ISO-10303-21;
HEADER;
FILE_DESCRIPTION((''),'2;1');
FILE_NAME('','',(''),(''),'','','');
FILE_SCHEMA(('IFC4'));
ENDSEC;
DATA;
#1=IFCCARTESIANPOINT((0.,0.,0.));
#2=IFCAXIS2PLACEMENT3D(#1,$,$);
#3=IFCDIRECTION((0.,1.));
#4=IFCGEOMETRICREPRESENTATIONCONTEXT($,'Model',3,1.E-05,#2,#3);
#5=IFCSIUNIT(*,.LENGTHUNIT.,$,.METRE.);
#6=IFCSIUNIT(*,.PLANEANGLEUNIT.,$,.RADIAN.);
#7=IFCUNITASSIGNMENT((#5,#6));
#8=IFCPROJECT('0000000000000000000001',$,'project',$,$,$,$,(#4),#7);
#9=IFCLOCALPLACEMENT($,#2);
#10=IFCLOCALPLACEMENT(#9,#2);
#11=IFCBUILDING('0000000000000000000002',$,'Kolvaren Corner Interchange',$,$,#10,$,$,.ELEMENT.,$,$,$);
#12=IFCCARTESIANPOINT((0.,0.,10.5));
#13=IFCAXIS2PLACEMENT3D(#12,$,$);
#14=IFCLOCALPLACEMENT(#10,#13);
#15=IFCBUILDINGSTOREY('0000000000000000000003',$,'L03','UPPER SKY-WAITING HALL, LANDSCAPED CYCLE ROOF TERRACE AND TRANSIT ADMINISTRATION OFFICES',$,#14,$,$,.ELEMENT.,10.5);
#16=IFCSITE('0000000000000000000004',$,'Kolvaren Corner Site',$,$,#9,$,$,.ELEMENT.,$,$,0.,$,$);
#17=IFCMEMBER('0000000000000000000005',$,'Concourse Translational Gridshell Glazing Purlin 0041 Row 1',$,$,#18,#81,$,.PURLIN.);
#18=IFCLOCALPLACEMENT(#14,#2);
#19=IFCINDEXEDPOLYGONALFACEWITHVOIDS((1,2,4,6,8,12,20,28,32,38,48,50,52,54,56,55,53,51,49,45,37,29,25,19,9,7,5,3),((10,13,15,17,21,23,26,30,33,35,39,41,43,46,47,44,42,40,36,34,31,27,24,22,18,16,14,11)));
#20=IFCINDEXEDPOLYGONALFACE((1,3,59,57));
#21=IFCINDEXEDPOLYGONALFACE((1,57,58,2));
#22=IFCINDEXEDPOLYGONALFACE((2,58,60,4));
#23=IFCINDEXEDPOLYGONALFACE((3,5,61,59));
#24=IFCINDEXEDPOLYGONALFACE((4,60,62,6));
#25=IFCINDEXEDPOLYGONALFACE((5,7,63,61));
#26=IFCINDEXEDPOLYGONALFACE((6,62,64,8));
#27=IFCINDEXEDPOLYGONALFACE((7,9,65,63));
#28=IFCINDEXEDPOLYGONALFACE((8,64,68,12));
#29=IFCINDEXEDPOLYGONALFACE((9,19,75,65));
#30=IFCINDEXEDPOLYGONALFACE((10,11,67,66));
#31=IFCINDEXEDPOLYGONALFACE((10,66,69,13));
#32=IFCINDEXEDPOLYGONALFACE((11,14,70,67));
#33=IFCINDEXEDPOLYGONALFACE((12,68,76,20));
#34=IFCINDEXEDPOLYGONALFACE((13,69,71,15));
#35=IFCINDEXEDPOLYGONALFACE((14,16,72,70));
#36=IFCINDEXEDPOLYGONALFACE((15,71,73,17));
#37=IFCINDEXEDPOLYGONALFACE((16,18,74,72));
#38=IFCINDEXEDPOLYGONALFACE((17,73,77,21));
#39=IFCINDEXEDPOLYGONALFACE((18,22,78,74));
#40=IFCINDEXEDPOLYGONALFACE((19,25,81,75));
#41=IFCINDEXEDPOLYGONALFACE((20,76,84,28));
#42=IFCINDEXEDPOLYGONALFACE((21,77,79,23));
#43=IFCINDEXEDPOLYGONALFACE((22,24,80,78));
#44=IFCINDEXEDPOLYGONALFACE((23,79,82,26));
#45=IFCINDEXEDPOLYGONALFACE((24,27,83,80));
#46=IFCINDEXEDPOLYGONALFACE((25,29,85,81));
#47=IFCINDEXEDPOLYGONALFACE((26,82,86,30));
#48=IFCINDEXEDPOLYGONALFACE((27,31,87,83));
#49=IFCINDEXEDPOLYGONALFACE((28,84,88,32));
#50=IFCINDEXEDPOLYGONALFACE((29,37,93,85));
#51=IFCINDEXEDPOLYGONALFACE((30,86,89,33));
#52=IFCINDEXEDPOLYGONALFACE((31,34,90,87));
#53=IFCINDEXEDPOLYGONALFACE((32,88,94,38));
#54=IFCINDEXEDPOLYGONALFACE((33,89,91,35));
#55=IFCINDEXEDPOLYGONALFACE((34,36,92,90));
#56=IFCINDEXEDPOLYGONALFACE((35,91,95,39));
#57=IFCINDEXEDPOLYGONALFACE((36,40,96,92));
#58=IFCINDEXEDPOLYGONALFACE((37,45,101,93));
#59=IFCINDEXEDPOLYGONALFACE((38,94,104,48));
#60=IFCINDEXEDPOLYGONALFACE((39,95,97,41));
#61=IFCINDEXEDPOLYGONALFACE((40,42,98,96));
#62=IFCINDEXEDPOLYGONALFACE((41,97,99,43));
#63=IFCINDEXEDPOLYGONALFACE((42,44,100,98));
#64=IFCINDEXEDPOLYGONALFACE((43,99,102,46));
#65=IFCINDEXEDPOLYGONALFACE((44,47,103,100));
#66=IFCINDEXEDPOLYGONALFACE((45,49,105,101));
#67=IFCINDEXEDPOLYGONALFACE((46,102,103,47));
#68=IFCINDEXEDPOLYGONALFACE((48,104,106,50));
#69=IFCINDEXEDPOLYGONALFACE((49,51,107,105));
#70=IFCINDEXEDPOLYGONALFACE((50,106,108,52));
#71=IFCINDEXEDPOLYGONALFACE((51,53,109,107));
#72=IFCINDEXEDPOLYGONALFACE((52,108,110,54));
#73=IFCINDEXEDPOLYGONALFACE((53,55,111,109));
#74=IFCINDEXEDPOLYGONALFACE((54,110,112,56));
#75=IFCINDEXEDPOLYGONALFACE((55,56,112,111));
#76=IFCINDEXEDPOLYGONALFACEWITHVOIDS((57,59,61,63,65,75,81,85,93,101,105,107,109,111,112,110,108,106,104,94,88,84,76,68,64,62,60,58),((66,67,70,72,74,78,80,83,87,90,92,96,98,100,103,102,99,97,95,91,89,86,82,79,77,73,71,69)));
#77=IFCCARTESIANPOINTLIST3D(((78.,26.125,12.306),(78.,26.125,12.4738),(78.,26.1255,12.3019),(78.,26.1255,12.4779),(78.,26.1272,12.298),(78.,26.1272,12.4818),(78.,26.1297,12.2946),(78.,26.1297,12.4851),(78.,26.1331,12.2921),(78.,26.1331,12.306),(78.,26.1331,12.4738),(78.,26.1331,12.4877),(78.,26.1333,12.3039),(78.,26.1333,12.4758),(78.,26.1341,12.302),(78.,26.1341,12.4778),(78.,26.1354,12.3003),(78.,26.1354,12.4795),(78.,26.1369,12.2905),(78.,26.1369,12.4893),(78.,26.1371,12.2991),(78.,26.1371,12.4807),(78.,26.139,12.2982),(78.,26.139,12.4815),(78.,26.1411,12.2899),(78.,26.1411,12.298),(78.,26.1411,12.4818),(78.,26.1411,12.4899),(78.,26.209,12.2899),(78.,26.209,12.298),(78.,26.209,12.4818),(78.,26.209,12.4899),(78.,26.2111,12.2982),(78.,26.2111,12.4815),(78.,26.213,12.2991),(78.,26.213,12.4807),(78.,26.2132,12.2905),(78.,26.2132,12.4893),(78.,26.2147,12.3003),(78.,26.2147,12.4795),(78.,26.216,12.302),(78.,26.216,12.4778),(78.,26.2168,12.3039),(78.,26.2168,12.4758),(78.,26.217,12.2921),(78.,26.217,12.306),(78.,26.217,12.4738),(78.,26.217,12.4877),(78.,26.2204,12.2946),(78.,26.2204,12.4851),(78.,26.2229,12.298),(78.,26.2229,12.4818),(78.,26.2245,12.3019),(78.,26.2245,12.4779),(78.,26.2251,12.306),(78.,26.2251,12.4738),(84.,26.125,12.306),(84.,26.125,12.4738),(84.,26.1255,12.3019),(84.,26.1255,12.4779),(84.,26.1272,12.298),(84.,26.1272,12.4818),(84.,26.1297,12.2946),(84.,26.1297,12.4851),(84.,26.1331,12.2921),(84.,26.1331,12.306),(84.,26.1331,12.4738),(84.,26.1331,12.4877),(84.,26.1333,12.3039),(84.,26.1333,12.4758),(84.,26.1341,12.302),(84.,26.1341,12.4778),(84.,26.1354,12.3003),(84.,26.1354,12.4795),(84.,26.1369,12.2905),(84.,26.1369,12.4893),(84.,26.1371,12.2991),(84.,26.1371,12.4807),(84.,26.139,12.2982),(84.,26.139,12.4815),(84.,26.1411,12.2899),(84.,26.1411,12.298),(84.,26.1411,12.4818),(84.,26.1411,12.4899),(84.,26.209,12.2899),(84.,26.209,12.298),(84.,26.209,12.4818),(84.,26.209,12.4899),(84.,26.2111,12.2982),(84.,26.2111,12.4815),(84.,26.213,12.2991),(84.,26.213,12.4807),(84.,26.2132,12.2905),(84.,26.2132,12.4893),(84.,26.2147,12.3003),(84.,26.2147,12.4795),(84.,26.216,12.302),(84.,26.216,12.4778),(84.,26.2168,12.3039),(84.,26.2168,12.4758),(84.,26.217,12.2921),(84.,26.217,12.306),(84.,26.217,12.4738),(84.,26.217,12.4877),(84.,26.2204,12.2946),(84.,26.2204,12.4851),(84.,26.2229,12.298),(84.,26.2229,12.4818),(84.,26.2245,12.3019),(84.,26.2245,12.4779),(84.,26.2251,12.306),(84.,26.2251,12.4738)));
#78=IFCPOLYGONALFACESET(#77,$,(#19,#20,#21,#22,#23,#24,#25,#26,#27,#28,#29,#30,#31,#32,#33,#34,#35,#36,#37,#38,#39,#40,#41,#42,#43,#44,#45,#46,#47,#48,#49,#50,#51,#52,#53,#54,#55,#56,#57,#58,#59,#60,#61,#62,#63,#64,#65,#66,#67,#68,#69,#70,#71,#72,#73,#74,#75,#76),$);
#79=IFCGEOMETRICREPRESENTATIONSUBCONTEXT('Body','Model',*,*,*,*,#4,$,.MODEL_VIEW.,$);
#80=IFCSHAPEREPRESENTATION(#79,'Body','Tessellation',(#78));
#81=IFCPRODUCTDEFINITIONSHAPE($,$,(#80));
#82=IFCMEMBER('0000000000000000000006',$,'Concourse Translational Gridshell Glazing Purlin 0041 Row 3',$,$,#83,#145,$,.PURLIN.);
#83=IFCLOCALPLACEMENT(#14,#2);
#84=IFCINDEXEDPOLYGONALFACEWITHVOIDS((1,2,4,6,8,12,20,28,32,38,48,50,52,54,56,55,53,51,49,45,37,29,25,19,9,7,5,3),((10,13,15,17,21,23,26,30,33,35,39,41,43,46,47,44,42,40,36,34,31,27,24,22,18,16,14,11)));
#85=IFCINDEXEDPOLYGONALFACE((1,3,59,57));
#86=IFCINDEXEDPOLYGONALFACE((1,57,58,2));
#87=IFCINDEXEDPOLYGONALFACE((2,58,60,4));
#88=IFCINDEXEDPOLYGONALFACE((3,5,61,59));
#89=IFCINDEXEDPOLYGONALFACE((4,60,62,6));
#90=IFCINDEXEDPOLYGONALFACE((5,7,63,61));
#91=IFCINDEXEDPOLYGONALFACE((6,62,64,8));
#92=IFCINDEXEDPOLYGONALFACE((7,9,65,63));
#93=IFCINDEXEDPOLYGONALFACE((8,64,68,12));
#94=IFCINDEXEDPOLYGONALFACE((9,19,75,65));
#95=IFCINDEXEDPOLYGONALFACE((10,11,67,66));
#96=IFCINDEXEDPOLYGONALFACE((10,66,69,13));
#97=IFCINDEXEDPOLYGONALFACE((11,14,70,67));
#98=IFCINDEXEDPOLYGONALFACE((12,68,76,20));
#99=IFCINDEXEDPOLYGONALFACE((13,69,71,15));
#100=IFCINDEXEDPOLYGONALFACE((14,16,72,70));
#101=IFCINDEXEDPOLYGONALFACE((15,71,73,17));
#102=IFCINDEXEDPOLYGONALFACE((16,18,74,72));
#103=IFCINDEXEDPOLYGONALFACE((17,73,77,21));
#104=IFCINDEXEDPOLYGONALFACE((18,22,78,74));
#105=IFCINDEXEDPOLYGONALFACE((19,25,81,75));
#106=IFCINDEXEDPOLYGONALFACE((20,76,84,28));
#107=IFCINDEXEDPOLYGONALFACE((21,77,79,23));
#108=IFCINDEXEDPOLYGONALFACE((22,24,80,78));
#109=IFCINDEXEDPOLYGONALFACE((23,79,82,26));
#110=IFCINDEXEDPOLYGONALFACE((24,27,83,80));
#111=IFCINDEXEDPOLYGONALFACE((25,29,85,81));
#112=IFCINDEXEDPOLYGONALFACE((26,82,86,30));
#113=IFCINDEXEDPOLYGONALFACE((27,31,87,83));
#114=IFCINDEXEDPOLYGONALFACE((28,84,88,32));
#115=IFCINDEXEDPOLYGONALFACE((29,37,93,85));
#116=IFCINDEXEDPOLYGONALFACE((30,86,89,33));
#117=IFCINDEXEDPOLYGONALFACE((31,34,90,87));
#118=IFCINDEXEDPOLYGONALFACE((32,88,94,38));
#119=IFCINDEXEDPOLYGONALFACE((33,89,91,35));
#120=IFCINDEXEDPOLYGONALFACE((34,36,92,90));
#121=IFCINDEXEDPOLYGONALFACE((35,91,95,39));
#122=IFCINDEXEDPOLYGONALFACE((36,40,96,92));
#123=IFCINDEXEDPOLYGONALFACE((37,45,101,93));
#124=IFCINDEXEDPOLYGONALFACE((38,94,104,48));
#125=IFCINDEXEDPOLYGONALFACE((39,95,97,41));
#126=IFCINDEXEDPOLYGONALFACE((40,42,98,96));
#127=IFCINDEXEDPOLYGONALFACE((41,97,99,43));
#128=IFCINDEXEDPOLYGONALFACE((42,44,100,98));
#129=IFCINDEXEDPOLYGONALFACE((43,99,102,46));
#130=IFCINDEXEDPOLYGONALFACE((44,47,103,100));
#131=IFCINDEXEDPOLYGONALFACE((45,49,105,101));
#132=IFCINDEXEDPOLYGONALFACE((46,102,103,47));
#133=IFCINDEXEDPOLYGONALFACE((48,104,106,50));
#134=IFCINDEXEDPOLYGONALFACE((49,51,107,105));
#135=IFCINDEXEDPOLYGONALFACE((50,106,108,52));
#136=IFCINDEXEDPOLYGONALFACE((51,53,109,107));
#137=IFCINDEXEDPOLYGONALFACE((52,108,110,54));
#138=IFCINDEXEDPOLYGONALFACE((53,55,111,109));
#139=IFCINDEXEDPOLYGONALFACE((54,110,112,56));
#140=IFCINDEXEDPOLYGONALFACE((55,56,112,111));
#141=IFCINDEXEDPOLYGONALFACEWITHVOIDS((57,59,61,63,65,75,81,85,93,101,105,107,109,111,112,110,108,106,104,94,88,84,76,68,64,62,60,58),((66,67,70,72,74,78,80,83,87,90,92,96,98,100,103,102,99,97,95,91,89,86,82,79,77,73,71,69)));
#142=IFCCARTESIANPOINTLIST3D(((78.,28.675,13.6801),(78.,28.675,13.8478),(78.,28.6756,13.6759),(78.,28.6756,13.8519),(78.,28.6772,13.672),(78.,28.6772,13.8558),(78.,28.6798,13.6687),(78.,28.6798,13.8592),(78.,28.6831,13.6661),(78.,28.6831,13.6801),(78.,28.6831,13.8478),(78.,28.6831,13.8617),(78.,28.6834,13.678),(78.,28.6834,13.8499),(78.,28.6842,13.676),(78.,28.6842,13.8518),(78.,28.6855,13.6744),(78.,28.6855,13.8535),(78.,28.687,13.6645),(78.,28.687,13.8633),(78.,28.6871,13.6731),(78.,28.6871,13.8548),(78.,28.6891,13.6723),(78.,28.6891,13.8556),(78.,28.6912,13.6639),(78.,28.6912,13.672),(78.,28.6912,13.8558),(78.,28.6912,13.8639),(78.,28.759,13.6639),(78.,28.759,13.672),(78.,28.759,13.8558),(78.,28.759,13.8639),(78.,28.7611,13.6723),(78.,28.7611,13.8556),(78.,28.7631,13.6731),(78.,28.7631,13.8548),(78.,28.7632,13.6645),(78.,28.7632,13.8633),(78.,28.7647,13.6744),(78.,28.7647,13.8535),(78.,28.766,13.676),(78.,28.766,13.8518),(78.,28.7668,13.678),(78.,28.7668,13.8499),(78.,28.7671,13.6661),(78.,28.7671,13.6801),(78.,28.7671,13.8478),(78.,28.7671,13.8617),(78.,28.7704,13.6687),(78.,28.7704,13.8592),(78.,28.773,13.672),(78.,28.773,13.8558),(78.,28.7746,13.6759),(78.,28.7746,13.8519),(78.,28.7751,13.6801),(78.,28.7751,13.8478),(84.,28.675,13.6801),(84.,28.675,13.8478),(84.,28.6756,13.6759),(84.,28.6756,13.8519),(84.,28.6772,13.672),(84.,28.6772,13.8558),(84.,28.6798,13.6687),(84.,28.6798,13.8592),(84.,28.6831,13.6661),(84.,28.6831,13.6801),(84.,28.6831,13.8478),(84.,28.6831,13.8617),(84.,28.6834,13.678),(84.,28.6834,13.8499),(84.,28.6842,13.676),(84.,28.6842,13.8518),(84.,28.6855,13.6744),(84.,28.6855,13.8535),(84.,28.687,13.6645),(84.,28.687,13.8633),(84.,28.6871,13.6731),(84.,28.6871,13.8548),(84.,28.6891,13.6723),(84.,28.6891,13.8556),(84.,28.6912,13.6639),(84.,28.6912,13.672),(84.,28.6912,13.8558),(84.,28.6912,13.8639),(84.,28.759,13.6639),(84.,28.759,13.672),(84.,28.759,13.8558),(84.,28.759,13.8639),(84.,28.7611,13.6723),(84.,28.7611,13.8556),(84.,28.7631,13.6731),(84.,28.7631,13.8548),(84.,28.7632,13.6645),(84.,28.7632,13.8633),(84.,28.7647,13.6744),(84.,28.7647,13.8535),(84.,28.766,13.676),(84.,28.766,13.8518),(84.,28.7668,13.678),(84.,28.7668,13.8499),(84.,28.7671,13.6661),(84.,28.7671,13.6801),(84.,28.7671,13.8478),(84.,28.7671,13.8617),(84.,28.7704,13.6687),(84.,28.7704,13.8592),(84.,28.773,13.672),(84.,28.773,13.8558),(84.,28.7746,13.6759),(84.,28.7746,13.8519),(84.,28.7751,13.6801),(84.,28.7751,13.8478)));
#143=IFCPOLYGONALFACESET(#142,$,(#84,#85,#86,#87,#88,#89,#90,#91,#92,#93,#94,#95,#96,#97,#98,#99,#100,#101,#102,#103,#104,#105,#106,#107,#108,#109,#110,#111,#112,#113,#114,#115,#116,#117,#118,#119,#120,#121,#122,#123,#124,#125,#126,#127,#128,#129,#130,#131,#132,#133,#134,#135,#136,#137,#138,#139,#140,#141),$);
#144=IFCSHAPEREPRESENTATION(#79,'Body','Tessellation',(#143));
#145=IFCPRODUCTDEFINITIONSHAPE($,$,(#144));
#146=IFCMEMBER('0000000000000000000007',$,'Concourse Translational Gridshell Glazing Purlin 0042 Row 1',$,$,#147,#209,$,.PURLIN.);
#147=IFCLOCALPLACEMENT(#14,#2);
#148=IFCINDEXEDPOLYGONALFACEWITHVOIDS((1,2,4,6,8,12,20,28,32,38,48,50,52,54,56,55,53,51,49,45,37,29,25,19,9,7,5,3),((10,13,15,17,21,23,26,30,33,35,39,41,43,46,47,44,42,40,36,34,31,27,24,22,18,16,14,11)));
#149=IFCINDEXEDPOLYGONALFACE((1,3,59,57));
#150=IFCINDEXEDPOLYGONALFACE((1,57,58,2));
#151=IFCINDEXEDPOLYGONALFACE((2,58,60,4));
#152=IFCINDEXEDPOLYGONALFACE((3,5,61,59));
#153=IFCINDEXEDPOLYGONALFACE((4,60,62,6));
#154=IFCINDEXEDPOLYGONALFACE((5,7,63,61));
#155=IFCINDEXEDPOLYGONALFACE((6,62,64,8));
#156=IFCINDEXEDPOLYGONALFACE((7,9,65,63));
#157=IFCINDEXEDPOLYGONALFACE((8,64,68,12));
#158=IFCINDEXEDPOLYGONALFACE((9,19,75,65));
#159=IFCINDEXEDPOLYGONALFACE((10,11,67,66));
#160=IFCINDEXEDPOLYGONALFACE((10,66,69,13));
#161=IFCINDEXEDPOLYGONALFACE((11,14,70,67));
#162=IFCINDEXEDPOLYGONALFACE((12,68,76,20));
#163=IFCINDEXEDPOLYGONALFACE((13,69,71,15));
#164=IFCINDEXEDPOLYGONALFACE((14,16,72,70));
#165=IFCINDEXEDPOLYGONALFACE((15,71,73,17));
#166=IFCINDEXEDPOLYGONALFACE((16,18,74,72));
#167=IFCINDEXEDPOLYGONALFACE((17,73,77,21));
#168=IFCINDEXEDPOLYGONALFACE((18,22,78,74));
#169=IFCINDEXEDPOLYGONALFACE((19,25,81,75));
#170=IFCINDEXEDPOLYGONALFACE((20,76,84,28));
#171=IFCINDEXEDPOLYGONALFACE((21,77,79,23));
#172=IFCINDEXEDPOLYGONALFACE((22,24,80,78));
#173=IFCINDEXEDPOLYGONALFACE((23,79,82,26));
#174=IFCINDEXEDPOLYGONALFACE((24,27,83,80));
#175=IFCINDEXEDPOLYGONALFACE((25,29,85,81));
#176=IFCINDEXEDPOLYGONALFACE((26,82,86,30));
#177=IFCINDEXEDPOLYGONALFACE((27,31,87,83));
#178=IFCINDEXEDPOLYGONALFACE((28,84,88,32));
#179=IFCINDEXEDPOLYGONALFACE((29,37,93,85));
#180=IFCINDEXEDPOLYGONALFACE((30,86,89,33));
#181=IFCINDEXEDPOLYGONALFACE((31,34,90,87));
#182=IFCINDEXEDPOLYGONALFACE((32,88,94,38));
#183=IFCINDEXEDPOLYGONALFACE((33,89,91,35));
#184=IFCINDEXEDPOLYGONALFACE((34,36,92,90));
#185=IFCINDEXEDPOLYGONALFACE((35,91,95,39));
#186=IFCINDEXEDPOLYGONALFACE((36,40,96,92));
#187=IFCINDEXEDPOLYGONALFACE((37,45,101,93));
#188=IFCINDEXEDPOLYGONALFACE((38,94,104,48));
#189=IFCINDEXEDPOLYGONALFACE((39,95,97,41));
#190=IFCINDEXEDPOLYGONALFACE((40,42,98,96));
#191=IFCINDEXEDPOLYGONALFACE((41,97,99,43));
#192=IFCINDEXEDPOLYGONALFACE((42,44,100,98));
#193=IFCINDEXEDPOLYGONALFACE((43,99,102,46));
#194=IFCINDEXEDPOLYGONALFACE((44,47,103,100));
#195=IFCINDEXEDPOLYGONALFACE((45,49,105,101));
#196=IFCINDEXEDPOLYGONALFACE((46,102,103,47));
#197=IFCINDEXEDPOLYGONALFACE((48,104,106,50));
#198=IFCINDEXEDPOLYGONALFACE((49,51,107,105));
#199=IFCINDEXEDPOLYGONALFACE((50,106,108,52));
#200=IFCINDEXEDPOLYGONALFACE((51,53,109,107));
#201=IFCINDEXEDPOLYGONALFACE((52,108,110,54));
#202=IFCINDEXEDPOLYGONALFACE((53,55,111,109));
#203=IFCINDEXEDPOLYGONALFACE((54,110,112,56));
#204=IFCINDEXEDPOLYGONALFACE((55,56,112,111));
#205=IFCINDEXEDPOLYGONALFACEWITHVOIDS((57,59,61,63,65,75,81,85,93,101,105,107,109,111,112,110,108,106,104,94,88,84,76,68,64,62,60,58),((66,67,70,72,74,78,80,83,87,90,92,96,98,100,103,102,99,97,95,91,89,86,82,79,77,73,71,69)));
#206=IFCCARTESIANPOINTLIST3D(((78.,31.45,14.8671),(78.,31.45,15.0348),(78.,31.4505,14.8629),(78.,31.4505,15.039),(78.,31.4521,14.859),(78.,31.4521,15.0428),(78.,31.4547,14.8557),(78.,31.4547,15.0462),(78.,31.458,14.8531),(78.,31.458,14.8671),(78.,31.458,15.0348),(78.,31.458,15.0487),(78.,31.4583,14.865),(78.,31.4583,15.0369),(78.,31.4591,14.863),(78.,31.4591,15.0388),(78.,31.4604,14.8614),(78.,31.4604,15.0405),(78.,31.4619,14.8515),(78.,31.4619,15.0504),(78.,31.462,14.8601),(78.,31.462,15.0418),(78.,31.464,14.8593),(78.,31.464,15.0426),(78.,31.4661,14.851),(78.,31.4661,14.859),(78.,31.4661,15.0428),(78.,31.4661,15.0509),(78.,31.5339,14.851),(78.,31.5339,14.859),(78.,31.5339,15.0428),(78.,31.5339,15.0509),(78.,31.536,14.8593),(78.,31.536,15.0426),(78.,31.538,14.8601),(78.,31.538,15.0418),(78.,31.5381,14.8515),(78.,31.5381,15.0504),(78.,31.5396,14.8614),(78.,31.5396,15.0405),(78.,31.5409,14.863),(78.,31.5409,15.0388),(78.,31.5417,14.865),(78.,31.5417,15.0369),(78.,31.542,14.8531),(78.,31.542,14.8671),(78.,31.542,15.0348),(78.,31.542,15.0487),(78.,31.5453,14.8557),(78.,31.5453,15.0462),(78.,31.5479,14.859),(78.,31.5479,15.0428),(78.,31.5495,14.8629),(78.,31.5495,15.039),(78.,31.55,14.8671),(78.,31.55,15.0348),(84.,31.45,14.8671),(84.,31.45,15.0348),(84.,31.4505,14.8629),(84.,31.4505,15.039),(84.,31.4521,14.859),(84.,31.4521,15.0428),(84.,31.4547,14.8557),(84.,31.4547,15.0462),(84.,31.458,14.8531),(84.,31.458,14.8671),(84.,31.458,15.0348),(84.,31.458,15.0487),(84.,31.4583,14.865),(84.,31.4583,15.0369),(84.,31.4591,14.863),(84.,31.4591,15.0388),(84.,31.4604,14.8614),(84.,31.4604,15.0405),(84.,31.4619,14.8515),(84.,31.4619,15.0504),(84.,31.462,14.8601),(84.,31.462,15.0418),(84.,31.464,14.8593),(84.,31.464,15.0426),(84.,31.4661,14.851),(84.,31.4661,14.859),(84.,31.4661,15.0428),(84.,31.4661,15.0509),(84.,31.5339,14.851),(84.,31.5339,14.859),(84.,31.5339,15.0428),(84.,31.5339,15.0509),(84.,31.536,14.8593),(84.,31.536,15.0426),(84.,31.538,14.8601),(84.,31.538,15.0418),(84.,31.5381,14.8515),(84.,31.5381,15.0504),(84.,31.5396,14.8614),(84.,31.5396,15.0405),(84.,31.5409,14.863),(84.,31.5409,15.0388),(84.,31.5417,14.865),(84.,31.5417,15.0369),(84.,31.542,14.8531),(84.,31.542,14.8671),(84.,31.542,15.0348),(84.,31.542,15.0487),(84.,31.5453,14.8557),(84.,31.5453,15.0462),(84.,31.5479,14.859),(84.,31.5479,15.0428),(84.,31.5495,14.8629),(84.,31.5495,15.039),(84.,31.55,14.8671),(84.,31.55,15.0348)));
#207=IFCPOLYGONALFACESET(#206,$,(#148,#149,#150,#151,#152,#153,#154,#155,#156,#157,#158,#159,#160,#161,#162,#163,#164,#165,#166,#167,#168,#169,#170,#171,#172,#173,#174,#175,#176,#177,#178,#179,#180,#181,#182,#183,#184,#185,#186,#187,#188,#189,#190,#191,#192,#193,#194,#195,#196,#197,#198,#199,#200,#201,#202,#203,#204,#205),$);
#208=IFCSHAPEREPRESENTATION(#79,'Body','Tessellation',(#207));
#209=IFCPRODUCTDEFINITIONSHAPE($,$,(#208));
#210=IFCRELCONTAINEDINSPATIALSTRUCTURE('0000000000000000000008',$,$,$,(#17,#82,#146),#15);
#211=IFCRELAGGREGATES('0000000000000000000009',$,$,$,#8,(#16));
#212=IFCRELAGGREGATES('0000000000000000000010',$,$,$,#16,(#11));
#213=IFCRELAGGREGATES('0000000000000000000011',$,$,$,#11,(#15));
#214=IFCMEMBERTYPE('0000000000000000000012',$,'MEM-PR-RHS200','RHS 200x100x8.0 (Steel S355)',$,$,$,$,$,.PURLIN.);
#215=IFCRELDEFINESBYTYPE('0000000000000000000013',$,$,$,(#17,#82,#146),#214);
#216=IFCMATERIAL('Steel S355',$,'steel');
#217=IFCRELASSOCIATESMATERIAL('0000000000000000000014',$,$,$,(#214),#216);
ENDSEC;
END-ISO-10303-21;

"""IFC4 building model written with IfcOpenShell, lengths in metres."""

from ifc_helpers import new_model, si_unit, direction, frame, origin, origin_2d, place, context, subcontext, project, spatial, hollow_rectangle, extrude, material, material_profile, profile_set, type_object, element, save


model = new_model("IFC4")

# Units and contexts
model_context = context("Model", 3, precision=1e-05, world=origin(), true_north=direction((0.0, 1.0)))
body_context = subcontext(model_context, "Body", "Model", "MODEL_VIEW")
ifc_project = project(units=[si_unit("LENGTHUNIT", "METRE"), si_unit("PLANEANGLEUNIT", "RADIAN")], contexts=[model_context])

# Site, building, storey
site_placement = place(None, origin())
site = spatial("IfcSite", under=ifc_project, at=site_placement, Name="Kolvaren Corner Site", CompositionType="ELEMENT", RefElevation=0.0)
building_placement = place(site_placement, origin())
building = spatial("IfcBuilding", under=site, at=building_placement, Name="Kolvaren Corner Interchange", CompositionType="ELEMENT")
storey_placement = place(building_placement, frame((0.0, 0.0, 10.5)))
storey = spatial("IfcBuildingStorey", under=building, at=storey_placement, Name="L03", Description="UPPER SKY-WAITING HALL, LANDSCAPED CYCLE ROOF TERRACE AND TRANSIT ADMINISTRATION OFFICES", CompositionType="ELEMENT", Elevation=10.5)

# Members
ifc_material_1 = material(Name="Steel S355", Category="steel")
ifc_material_profile_1 = material_profile(ifc_material_1, hollow_rectangle(XDim=0.1001, YDim=0.2, WallThickness=0.0081, InnerFilletRadius=0.0081, OuterFilletRadius=0.0161, at=origin_2d()), Name="RHS 200x100x8.0")
ifc_profile_set_1 = profile_set([ifc_material_profile_1], Name="Steel S355")
member_type_1 = type_object("IfcMemberType", Name="MEM-PR-RHS200", Description="RHS 200x100x8.0 (Steel S355)", PredefinedType="PURLIN", material=ifc_profile_set_1)
for number, where, z_axis, x_axis, name in (
    (1, (78.0, 26.175, 12.3899), (1.0, 0.0, 0.0), (0.0, 1.0, 0.0), "Concourse Translational Gridshell Glazing Purlin 0041 Row 1"),
    (2, (78.0, 28.7251, 13.7639), (1.0, 0.0, 0.0), (0.0, 1.0, 0.0), "Concourse Translational Gridshell Glazing Purlin 0041 Row 3"),
    (3, (78.0, 31.5, 14.9509), (1.0, 0.0, 0.0), (0.0, 1.0, 0.0), "Concourse Translational Gridshell Glazing Purlin 0042 Row 1"),
):
    element("IfcMember", number, at=place(storey_placement, frame(where, z_axis=z_axis, x_axis=x_axis)), inside=storey, type_object=member_type_1, Name=name, PredefinedType="PURLIN", context=body_context, shape_type="SweptSolid", body=[
        extrude(hollow_rectangle(XDim=0.1001, YDim=0.2, WallThickness=0.0081, InnerFilletRadius=0.0081, OuterFilletRadius=0.0161, at=origin_2d()), origin(), (0.0, 0.0, 1.0), 6.0),
    ])

save(model, "model.ifc")
